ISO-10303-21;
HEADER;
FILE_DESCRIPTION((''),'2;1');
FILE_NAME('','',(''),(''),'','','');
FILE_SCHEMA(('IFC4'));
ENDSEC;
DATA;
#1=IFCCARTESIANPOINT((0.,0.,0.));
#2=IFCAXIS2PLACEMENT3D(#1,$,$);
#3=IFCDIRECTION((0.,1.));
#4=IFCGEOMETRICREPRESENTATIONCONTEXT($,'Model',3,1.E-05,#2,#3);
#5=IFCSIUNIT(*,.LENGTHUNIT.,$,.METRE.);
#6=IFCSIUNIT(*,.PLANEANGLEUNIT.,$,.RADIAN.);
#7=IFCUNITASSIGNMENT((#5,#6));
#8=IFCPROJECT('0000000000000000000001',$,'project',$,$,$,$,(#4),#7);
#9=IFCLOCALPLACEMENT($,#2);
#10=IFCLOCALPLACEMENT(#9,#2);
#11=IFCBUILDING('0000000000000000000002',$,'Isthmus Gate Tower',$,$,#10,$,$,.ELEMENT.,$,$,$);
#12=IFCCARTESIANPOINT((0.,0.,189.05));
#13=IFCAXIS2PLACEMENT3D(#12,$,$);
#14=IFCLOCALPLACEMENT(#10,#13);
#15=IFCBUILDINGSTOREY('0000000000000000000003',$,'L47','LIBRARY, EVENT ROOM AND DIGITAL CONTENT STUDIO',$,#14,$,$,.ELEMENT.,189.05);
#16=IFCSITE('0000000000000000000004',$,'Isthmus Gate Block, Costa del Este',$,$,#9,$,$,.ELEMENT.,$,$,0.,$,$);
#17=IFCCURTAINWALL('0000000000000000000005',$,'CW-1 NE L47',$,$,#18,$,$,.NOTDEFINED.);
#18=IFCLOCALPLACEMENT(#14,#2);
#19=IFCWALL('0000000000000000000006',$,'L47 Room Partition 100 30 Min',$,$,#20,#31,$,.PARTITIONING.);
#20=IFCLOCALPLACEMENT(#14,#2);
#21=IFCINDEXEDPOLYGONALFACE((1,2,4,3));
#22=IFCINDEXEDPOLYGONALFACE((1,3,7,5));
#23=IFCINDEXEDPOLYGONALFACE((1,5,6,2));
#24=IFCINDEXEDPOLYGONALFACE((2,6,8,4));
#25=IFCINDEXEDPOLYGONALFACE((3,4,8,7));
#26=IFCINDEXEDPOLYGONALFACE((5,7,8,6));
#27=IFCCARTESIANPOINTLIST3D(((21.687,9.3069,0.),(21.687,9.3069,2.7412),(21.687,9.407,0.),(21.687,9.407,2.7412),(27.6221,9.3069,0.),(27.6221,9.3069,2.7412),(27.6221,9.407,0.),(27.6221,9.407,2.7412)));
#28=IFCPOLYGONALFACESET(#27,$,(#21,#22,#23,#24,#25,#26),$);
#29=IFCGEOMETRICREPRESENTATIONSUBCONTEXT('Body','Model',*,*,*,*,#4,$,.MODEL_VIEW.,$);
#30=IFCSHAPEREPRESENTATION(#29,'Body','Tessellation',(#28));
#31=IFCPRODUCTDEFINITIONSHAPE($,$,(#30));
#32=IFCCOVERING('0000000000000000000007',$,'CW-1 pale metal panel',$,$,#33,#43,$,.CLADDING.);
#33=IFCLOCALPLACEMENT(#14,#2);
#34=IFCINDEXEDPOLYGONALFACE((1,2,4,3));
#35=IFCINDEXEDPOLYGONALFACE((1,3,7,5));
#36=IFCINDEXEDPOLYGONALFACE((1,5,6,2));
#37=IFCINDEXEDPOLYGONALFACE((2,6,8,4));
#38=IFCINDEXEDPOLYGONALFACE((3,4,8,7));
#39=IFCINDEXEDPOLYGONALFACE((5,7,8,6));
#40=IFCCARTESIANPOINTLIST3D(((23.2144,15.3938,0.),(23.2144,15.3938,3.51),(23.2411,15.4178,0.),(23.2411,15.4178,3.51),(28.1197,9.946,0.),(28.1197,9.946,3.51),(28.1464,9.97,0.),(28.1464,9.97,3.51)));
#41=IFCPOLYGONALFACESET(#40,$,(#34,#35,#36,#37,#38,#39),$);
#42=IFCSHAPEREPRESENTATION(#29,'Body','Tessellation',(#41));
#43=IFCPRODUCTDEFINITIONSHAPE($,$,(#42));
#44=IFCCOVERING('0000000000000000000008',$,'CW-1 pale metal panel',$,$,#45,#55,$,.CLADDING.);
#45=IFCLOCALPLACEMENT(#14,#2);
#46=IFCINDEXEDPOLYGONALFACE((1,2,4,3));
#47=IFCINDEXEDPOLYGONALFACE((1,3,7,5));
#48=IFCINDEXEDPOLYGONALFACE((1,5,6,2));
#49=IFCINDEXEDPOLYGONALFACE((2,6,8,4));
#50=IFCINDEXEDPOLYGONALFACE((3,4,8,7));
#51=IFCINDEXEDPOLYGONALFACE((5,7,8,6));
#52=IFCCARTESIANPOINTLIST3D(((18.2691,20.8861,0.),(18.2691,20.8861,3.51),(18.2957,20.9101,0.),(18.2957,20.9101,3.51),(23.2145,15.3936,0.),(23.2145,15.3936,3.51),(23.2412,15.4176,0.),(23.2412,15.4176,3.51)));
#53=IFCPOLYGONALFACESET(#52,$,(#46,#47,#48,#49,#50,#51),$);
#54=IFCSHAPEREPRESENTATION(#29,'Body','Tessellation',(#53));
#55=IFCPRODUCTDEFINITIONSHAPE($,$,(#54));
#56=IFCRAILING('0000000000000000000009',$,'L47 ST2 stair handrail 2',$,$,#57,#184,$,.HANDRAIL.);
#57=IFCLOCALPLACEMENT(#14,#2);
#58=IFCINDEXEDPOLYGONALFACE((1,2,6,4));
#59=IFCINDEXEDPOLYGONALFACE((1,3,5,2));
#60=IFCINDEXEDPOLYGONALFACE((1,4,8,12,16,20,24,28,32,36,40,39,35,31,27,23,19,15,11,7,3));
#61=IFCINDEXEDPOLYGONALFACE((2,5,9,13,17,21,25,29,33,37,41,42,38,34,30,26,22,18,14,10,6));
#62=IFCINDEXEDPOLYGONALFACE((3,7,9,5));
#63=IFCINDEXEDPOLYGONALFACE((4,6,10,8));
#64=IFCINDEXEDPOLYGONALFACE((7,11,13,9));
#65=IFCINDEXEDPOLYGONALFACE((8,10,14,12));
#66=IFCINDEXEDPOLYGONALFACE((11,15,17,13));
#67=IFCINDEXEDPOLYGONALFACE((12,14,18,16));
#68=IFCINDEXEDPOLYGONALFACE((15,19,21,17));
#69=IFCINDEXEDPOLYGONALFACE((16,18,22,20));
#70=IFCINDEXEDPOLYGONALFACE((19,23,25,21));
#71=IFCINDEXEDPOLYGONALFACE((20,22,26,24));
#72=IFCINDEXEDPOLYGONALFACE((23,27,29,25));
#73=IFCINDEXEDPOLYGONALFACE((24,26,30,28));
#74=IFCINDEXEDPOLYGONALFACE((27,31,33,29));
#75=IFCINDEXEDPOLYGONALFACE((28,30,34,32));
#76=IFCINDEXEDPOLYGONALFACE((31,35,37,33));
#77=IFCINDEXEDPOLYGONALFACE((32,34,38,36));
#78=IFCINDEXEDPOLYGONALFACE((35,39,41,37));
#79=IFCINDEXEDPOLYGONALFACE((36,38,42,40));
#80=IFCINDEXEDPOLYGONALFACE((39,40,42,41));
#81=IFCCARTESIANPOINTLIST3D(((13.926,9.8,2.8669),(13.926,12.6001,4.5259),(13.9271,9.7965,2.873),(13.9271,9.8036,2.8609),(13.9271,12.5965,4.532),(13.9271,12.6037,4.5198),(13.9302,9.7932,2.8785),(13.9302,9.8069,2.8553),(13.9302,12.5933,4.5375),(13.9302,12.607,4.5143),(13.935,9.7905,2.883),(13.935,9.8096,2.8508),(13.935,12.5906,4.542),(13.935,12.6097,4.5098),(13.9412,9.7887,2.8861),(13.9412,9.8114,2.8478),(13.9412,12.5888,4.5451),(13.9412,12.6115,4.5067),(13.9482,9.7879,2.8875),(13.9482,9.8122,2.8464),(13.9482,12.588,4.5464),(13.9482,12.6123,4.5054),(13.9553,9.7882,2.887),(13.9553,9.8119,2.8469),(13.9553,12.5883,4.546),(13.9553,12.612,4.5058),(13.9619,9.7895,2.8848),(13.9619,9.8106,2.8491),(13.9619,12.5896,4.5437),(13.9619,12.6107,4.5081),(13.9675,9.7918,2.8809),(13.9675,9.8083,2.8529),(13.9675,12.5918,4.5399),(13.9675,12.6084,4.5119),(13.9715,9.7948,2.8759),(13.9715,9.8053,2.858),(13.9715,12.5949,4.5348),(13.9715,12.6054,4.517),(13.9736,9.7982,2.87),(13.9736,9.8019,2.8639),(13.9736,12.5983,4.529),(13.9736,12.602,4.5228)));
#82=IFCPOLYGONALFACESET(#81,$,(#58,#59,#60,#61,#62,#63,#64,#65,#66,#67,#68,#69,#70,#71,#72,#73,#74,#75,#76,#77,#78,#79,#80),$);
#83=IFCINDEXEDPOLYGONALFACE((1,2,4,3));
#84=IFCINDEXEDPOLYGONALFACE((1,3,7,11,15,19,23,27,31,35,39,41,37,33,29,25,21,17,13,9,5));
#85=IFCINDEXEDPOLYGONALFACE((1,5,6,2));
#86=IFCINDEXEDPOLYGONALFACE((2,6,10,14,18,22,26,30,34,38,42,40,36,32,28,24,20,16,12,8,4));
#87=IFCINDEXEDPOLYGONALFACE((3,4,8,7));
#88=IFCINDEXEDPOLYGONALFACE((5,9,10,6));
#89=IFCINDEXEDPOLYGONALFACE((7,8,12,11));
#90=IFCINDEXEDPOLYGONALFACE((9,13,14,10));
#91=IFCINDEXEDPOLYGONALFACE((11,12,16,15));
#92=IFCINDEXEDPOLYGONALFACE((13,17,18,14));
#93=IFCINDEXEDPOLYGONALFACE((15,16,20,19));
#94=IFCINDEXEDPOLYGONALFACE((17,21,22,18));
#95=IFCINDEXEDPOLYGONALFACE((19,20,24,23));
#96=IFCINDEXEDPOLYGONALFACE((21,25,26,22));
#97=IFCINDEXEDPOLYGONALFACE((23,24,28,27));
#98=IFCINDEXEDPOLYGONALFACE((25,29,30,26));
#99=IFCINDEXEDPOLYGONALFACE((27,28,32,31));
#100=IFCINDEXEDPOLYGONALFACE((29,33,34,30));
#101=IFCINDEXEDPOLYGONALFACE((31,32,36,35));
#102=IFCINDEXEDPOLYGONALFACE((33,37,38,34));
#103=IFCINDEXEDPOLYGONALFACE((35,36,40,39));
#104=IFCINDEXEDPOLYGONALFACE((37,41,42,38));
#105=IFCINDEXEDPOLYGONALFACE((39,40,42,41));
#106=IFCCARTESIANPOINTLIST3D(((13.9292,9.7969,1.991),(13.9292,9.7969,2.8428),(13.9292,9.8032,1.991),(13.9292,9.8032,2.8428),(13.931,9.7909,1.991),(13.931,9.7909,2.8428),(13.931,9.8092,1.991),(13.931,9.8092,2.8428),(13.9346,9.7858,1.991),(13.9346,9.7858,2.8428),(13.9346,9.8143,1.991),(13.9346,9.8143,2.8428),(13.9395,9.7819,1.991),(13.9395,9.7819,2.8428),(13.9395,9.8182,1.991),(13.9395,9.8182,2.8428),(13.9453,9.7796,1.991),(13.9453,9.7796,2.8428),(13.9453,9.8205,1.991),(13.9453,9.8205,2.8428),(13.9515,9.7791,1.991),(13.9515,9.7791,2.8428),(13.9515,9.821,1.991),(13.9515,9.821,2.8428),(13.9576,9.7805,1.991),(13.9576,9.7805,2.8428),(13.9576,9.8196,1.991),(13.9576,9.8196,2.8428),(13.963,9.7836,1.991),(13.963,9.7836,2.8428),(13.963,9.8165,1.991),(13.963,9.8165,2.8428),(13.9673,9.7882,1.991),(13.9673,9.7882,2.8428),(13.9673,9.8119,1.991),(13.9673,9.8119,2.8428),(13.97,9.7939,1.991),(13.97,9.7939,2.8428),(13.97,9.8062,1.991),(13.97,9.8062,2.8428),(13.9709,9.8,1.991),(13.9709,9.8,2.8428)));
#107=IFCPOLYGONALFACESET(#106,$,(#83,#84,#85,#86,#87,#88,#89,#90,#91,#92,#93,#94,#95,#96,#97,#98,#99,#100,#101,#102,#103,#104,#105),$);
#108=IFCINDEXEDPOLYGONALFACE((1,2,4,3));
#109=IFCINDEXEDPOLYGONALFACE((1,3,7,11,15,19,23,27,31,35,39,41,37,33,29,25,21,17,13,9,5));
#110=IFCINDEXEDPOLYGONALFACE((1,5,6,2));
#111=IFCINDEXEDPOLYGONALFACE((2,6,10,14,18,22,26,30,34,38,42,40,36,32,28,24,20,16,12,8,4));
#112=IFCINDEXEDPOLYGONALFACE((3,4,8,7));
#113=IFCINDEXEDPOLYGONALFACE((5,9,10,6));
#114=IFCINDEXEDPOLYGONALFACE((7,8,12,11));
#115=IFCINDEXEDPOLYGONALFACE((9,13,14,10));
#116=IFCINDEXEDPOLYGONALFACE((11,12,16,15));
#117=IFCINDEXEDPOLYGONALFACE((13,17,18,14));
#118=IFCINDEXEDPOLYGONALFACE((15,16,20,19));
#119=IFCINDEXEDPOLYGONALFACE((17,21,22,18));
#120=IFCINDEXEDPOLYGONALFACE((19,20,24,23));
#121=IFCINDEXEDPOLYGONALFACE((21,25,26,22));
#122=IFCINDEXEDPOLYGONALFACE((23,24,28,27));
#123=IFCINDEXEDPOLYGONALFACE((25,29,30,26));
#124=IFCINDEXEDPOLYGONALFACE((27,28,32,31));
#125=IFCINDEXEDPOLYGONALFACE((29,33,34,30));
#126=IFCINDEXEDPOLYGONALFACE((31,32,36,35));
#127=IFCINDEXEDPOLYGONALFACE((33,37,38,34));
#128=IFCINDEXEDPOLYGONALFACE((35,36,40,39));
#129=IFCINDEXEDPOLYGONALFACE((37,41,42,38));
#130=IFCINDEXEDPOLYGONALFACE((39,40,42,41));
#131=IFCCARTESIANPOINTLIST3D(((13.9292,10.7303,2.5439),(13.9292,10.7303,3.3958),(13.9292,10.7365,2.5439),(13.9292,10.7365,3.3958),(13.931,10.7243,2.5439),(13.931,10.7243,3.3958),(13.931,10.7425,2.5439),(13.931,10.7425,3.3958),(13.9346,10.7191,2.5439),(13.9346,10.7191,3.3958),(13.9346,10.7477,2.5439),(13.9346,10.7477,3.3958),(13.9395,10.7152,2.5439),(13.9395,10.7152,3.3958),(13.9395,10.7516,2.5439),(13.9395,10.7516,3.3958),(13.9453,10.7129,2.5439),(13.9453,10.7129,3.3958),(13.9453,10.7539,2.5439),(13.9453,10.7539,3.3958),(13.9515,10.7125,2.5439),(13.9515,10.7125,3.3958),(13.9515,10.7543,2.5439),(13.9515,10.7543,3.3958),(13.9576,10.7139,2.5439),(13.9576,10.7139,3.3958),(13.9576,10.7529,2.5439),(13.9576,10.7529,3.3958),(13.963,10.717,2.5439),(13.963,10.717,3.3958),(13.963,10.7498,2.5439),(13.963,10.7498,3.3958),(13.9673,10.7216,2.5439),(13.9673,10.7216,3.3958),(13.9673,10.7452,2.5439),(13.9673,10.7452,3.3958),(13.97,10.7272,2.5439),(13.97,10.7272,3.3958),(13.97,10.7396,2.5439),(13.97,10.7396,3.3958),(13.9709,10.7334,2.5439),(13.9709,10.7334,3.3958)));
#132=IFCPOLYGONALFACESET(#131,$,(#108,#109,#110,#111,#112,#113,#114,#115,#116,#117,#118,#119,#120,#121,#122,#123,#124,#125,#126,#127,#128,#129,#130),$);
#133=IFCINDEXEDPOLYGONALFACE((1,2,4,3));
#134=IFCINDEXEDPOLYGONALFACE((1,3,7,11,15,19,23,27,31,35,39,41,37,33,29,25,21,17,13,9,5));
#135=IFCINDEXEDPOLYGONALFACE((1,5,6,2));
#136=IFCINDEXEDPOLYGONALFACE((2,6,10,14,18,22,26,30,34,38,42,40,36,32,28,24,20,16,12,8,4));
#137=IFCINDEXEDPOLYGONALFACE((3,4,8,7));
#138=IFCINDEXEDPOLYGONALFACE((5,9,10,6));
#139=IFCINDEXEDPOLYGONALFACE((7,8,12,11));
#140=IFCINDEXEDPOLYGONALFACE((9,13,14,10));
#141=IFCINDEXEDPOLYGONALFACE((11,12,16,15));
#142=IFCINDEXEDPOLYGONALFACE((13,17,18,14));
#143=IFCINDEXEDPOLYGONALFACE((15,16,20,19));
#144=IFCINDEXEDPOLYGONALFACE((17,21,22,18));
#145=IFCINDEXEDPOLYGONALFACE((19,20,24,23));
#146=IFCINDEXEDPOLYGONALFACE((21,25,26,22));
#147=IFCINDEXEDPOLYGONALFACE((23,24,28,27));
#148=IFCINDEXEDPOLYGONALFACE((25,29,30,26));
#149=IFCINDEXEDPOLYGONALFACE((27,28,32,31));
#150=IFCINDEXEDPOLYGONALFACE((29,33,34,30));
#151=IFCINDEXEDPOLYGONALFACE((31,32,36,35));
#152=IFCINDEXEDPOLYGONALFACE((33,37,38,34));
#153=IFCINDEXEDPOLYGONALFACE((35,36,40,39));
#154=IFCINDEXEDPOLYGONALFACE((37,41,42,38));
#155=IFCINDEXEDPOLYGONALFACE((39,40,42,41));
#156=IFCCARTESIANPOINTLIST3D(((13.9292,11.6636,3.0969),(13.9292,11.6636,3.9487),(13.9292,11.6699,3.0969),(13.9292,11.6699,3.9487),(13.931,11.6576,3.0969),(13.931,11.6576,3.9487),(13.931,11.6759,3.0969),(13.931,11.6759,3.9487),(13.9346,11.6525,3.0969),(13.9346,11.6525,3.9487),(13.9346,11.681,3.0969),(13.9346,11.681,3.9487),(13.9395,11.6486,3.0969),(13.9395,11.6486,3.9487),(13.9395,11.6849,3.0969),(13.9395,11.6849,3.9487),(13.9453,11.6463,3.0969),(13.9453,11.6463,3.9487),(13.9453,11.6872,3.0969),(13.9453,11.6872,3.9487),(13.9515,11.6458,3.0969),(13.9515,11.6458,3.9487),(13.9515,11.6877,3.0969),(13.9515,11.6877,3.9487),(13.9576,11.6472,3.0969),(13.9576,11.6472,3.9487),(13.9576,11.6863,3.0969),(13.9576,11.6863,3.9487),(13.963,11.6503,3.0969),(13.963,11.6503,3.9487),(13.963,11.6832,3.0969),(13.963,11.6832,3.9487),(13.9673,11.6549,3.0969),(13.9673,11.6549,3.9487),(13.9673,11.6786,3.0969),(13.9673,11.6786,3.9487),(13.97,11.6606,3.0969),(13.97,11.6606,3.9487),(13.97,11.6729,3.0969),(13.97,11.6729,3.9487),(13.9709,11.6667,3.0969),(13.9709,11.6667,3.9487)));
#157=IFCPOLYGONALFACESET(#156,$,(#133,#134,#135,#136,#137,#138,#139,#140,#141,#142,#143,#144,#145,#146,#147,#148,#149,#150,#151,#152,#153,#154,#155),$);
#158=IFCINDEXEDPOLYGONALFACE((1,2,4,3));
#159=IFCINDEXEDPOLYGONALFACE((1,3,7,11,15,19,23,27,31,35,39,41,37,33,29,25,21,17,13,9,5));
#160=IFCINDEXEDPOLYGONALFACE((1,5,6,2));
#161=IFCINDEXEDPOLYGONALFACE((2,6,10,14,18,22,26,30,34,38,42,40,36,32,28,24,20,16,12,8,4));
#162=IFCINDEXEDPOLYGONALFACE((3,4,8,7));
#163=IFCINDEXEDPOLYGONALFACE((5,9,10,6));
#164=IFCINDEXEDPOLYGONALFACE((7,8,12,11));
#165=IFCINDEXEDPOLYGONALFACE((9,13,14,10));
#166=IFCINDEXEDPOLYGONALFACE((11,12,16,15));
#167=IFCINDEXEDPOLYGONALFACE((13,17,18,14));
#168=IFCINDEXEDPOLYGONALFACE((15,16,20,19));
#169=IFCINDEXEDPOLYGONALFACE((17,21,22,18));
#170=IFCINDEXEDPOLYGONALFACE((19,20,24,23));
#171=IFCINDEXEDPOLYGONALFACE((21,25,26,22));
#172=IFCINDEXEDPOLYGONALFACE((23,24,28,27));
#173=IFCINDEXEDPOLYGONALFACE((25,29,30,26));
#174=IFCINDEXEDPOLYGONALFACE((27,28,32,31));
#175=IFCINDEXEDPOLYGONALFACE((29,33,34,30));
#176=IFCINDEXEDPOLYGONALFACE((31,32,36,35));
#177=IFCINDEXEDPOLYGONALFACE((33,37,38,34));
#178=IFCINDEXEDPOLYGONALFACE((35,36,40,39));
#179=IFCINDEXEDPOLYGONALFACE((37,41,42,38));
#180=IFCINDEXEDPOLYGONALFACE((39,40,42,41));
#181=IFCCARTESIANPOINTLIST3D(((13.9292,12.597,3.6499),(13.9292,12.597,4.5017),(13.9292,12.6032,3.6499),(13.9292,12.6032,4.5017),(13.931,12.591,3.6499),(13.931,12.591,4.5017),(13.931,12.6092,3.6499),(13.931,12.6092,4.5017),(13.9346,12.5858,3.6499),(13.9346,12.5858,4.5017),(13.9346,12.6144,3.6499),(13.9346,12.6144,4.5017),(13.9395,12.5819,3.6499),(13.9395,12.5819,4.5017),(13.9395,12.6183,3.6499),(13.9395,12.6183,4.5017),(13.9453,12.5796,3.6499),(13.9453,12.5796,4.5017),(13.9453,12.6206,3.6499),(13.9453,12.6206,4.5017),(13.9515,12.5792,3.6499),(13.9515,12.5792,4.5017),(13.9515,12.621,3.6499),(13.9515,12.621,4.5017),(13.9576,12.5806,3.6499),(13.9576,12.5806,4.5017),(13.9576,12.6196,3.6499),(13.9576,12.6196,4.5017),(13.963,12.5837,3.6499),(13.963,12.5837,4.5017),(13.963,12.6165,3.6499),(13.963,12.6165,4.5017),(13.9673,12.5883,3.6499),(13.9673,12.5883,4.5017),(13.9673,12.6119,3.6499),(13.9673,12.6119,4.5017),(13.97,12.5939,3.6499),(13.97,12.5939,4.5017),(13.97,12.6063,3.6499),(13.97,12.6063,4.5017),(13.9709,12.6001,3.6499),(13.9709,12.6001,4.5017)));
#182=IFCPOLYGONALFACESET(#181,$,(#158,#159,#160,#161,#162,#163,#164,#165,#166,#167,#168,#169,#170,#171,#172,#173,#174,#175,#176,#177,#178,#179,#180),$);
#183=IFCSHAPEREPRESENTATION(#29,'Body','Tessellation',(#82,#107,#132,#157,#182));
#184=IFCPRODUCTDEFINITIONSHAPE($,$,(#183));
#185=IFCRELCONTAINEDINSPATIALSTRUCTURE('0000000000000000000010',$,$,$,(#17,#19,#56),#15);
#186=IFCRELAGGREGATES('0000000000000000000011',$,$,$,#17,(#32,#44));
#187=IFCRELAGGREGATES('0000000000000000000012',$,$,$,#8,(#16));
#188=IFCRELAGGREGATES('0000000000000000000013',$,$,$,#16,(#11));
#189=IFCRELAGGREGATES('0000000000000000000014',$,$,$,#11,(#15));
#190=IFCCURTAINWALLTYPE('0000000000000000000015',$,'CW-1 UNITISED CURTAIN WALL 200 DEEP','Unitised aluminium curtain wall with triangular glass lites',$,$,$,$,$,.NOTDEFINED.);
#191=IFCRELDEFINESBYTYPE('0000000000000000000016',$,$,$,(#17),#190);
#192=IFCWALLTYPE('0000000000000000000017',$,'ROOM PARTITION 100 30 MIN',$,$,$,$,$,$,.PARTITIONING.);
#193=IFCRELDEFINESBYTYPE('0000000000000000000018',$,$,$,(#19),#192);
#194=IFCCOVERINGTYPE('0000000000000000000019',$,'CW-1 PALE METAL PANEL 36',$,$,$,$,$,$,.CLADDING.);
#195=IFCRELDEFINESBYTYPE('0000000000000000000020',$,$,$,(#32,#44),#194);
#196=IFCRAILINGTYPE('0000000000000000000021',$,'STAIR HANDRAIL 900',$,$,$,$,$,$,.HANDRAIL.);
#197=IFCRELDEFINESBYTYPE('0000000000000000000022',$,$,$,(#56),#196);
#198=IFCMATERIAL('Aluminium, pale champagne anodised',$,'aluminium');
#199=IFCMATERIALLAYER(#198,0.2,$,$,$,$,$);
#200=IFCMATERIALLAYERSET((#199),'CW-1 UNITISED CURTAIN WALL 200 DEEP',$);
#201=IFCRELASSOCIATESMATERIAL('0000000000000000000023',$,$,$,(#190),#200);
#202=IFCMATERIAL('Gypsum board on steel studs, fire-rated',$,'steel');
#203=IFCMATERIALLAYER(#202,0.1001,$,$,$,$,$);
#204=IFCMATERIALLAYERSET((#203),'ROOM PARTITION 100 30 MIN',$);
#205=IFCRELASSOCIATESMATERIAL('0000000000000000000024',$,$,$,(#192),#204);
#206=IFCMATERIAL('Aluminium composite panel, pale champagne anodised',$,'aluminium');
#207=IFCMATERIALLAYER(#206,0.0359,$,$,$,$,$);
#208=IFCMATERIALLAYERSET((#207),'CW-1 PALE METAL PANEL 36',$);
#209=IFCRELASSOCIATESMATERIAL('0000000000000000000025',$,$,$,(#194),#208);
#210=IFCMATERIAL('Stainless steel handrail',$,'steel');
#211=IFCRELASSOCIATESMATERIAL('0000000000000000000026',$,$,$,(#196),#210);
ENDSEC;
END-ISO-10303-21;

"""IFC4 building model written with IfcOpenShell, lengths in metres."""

from ifc_helpers import new_model, si_unit, direction, frame, frame_2d, origin, origin_2d, place, context, subcontext, project, spatial, rectangle, circle, extrude, material, layer, layer_set, type_object, element, aggregate, save


model = new_model("IFC4")

# Units and contexts
model_context = context("Model", 3, precision=1e-05, world=origin(), true_north=direction((0.0, 1.0)))
body_context = subcontext(model_context, "Body", "Model", "MODEL_VIEW")
ifc_project = project(units=[si_unit("LENGTHUNIT", "METRE"), si_unit("PLANEANGLEUNIT", "RADIAN")], contexts=[model_context])

# Site, building, storey
site_placement = place(None, origin())
site = spatial("IfcSite", under=ifc_project, at=site_placement, Name="Isthmus Gate Block, Costa del Este", CompositionType="ELEMENT", RefElevation=0.0)
building_placement = place(site_placement, origin())
building = spatial("IfcBuilding", under=site, at=building_placement, Name="Isthmus Gate Tower", CompositionType="ELEMENT")
storey_placement = place(building_placement, frame((0.0, 0.0, 189.05)))
storey = spatial("IfcBuildingStorey", under=building, at=storey_placement, Name="L47", Description="LIBRARY, EVENT ROOM AND DIGITAL CONTENT STUDIO", CompositionType="ELEMENT", Elevation=189.05)

# Curtain wall
ifc_material_1 = material(Name="Aluminium, pale champagne anodised", Category="aluminium")
ifc_layer_1 = layer(ifc_material_1, 0.2)
ifc_layer_set_1 = layer_set([ifc_layer_1], Name="CW-1 UNITISED CURTAIN WALL 200 DEEP")
curtain_wall_type = type_object("IfcCurtainWallType", Name="CW-1 UNITISED CURTAIN WALL 200 DEEP", Description="Unitised aluminium curtain wall with triangular glass lites", PredefinedType="NOTDEFINED", material=ifc_layer_set_1)
curtain_wall_placement = place(storey_placement, origin())
curtain_wall = element("IfcCurtainWall", 1, at=curtain_wall_placement, inside=storey, type_object=curtain_wall_type, Name="CW-1 NE L47", PredefinedType="NOTDEFINED")

# Wall
ifc_material_2 = material(Name="Gypsum board on steel studs, fire-rated", Category="steel")
ifc_layer_2 = layer(ifc_material_2, 0.1001)
ifc_layer_set_2 = layer_set([ifc_layer_2], Name="ROOM PARTITION 100 30 MIN")
wall_type_1 = type_object("IfcWallType", Name="ROOM PARTITION 100 30 MIN", PredefinedType="PARTITIONING", material=ifc_layer_set_2)
wall_1_placement = place(storey_placement, frame((21.687, 9.3569, 0.0), z_axis=(0.0, 0.0, 1.0), x_axis=(1.0, 0.0, 0.0)))
element("IfcWall", 2, at=wall_1_placement, inside=storey, type_object=wall_type_1, Name="L47 Room Partition 100 30 Min", PredefinedType="PARTITIONING", context=body_context, shape_type="SweptSolid", body=[
    extrude(rectangle(XDim=5.9351, YDim=0.1001, at=frame_2d((2.9675, 0.0))), origin(), (0.0, 0.0, 1.0), 2.7412),
])

# Coverings
ifc_material_3 = material(Name="Aluminium composite panel, pale champagne anodised", Category="aluminium")
ifc_layer_3 = layer(ifc_material_3, 0.0359)
ifc_layer_set_3 = layer_set([ifc_layer_3], Name="CW-1 PALE METAL PANEL 36")
covering_type = type_object("IfcCoveringType", Name="CW-1 PALE METAL PANEL 36", PredefinedType="CLADDING", material=ifc_layer_set_3)
covering_1_placement = place(storey_placement, frame((25.6804, 12.6819, 0.0), z_axis=(0.0, 0.0, 1.0), x_axis=(-0.669131, 0.743145, 0.0)))
covering_1 = element("IfcCovering", 3, at=covering_1_placement, type_object=covering_type, Name="CW-1 pale metal panel", PredefinedType="CLADDING", context=body_context, shape_type="SweptSolid", body=[
    extrude(rectangle(XDim=7.3308, YDim=0.0359, at=origin_2d()), origin(), (0.0, 0.0, 1.0), 3.51),
])
covering_2_placement = place(storey_placement, frame((20.7551, 18.1519, 0.0), z_axis=(0.0, 0.0, 1.0), x_axis=(-0.669131, 0.743145, 0.0)))
covering_2 = element("IfcCovering", 4, at=covering_2_placement, type_object=covering_type, Name="CW-1 pale metal panel", PredefinedType="CLADDING", context=body_context, shape_type="SweptSolid", body=[
    extrude(rectangle(XDim=7.3909, YDim=0.0359, at=origin_2d()), origin(), (0.0, 0.0, 1.0), 3.51),
])
aggregate(curtain_wall, [covering_1, covering_2])

# Railing
ifc_material_4 = material(Name="Stainless steel handrail", Category="steel")
railing_type = type_object("IfcRailingType", Name="STAIR HANDRAIL 900", PredefinedType="HANDRAIL", material=ifc_material_4)
railing_placement = place(storey_placement, frame((13.95, 9.8, 1.991)))
element("IfcRailing", 5, at=railing_placement, inside=storey, type_object=railing_type, Name="L47 ST2 stair handrail 2", PredefinedType="HANDRAIL", context=body_context, shape_type="SweptSolid", body=[
    extrude(circle(Radius=0.0239, at=origin_2d()), frame((0.0, 0.0, 0.876), z_axis=(0.0, 0.860339, 0.509722), x_axis=(-1.0, 0.0, 0.0)), (0.0, 0.0, 1.0), 3.2546),
    extrude(circle(Radius=0.021, at=origin_2d()), origin(), (0.0, 0.0, 1.0), 0.8518),
    extrude(circle(Radius=0.021, at=origin_2d()), frame((0.0, 0.9333, 0.553)), (0.0, 0.0, 1.0), 0.8518),
    extrude(circle(Radius=0.021, at=origin_2d()), frame((0.0, 1.8667, 1.106)), (0.0, 0.0, 1.0), 0.8518),
    extrude(circle(Radius=0.021, at=origin_2d()), frame((0.0, 2.8, 1.6589)), (0.0, 0.0, 1.0), 0.8518),
])

save(model, "model.ifc")
